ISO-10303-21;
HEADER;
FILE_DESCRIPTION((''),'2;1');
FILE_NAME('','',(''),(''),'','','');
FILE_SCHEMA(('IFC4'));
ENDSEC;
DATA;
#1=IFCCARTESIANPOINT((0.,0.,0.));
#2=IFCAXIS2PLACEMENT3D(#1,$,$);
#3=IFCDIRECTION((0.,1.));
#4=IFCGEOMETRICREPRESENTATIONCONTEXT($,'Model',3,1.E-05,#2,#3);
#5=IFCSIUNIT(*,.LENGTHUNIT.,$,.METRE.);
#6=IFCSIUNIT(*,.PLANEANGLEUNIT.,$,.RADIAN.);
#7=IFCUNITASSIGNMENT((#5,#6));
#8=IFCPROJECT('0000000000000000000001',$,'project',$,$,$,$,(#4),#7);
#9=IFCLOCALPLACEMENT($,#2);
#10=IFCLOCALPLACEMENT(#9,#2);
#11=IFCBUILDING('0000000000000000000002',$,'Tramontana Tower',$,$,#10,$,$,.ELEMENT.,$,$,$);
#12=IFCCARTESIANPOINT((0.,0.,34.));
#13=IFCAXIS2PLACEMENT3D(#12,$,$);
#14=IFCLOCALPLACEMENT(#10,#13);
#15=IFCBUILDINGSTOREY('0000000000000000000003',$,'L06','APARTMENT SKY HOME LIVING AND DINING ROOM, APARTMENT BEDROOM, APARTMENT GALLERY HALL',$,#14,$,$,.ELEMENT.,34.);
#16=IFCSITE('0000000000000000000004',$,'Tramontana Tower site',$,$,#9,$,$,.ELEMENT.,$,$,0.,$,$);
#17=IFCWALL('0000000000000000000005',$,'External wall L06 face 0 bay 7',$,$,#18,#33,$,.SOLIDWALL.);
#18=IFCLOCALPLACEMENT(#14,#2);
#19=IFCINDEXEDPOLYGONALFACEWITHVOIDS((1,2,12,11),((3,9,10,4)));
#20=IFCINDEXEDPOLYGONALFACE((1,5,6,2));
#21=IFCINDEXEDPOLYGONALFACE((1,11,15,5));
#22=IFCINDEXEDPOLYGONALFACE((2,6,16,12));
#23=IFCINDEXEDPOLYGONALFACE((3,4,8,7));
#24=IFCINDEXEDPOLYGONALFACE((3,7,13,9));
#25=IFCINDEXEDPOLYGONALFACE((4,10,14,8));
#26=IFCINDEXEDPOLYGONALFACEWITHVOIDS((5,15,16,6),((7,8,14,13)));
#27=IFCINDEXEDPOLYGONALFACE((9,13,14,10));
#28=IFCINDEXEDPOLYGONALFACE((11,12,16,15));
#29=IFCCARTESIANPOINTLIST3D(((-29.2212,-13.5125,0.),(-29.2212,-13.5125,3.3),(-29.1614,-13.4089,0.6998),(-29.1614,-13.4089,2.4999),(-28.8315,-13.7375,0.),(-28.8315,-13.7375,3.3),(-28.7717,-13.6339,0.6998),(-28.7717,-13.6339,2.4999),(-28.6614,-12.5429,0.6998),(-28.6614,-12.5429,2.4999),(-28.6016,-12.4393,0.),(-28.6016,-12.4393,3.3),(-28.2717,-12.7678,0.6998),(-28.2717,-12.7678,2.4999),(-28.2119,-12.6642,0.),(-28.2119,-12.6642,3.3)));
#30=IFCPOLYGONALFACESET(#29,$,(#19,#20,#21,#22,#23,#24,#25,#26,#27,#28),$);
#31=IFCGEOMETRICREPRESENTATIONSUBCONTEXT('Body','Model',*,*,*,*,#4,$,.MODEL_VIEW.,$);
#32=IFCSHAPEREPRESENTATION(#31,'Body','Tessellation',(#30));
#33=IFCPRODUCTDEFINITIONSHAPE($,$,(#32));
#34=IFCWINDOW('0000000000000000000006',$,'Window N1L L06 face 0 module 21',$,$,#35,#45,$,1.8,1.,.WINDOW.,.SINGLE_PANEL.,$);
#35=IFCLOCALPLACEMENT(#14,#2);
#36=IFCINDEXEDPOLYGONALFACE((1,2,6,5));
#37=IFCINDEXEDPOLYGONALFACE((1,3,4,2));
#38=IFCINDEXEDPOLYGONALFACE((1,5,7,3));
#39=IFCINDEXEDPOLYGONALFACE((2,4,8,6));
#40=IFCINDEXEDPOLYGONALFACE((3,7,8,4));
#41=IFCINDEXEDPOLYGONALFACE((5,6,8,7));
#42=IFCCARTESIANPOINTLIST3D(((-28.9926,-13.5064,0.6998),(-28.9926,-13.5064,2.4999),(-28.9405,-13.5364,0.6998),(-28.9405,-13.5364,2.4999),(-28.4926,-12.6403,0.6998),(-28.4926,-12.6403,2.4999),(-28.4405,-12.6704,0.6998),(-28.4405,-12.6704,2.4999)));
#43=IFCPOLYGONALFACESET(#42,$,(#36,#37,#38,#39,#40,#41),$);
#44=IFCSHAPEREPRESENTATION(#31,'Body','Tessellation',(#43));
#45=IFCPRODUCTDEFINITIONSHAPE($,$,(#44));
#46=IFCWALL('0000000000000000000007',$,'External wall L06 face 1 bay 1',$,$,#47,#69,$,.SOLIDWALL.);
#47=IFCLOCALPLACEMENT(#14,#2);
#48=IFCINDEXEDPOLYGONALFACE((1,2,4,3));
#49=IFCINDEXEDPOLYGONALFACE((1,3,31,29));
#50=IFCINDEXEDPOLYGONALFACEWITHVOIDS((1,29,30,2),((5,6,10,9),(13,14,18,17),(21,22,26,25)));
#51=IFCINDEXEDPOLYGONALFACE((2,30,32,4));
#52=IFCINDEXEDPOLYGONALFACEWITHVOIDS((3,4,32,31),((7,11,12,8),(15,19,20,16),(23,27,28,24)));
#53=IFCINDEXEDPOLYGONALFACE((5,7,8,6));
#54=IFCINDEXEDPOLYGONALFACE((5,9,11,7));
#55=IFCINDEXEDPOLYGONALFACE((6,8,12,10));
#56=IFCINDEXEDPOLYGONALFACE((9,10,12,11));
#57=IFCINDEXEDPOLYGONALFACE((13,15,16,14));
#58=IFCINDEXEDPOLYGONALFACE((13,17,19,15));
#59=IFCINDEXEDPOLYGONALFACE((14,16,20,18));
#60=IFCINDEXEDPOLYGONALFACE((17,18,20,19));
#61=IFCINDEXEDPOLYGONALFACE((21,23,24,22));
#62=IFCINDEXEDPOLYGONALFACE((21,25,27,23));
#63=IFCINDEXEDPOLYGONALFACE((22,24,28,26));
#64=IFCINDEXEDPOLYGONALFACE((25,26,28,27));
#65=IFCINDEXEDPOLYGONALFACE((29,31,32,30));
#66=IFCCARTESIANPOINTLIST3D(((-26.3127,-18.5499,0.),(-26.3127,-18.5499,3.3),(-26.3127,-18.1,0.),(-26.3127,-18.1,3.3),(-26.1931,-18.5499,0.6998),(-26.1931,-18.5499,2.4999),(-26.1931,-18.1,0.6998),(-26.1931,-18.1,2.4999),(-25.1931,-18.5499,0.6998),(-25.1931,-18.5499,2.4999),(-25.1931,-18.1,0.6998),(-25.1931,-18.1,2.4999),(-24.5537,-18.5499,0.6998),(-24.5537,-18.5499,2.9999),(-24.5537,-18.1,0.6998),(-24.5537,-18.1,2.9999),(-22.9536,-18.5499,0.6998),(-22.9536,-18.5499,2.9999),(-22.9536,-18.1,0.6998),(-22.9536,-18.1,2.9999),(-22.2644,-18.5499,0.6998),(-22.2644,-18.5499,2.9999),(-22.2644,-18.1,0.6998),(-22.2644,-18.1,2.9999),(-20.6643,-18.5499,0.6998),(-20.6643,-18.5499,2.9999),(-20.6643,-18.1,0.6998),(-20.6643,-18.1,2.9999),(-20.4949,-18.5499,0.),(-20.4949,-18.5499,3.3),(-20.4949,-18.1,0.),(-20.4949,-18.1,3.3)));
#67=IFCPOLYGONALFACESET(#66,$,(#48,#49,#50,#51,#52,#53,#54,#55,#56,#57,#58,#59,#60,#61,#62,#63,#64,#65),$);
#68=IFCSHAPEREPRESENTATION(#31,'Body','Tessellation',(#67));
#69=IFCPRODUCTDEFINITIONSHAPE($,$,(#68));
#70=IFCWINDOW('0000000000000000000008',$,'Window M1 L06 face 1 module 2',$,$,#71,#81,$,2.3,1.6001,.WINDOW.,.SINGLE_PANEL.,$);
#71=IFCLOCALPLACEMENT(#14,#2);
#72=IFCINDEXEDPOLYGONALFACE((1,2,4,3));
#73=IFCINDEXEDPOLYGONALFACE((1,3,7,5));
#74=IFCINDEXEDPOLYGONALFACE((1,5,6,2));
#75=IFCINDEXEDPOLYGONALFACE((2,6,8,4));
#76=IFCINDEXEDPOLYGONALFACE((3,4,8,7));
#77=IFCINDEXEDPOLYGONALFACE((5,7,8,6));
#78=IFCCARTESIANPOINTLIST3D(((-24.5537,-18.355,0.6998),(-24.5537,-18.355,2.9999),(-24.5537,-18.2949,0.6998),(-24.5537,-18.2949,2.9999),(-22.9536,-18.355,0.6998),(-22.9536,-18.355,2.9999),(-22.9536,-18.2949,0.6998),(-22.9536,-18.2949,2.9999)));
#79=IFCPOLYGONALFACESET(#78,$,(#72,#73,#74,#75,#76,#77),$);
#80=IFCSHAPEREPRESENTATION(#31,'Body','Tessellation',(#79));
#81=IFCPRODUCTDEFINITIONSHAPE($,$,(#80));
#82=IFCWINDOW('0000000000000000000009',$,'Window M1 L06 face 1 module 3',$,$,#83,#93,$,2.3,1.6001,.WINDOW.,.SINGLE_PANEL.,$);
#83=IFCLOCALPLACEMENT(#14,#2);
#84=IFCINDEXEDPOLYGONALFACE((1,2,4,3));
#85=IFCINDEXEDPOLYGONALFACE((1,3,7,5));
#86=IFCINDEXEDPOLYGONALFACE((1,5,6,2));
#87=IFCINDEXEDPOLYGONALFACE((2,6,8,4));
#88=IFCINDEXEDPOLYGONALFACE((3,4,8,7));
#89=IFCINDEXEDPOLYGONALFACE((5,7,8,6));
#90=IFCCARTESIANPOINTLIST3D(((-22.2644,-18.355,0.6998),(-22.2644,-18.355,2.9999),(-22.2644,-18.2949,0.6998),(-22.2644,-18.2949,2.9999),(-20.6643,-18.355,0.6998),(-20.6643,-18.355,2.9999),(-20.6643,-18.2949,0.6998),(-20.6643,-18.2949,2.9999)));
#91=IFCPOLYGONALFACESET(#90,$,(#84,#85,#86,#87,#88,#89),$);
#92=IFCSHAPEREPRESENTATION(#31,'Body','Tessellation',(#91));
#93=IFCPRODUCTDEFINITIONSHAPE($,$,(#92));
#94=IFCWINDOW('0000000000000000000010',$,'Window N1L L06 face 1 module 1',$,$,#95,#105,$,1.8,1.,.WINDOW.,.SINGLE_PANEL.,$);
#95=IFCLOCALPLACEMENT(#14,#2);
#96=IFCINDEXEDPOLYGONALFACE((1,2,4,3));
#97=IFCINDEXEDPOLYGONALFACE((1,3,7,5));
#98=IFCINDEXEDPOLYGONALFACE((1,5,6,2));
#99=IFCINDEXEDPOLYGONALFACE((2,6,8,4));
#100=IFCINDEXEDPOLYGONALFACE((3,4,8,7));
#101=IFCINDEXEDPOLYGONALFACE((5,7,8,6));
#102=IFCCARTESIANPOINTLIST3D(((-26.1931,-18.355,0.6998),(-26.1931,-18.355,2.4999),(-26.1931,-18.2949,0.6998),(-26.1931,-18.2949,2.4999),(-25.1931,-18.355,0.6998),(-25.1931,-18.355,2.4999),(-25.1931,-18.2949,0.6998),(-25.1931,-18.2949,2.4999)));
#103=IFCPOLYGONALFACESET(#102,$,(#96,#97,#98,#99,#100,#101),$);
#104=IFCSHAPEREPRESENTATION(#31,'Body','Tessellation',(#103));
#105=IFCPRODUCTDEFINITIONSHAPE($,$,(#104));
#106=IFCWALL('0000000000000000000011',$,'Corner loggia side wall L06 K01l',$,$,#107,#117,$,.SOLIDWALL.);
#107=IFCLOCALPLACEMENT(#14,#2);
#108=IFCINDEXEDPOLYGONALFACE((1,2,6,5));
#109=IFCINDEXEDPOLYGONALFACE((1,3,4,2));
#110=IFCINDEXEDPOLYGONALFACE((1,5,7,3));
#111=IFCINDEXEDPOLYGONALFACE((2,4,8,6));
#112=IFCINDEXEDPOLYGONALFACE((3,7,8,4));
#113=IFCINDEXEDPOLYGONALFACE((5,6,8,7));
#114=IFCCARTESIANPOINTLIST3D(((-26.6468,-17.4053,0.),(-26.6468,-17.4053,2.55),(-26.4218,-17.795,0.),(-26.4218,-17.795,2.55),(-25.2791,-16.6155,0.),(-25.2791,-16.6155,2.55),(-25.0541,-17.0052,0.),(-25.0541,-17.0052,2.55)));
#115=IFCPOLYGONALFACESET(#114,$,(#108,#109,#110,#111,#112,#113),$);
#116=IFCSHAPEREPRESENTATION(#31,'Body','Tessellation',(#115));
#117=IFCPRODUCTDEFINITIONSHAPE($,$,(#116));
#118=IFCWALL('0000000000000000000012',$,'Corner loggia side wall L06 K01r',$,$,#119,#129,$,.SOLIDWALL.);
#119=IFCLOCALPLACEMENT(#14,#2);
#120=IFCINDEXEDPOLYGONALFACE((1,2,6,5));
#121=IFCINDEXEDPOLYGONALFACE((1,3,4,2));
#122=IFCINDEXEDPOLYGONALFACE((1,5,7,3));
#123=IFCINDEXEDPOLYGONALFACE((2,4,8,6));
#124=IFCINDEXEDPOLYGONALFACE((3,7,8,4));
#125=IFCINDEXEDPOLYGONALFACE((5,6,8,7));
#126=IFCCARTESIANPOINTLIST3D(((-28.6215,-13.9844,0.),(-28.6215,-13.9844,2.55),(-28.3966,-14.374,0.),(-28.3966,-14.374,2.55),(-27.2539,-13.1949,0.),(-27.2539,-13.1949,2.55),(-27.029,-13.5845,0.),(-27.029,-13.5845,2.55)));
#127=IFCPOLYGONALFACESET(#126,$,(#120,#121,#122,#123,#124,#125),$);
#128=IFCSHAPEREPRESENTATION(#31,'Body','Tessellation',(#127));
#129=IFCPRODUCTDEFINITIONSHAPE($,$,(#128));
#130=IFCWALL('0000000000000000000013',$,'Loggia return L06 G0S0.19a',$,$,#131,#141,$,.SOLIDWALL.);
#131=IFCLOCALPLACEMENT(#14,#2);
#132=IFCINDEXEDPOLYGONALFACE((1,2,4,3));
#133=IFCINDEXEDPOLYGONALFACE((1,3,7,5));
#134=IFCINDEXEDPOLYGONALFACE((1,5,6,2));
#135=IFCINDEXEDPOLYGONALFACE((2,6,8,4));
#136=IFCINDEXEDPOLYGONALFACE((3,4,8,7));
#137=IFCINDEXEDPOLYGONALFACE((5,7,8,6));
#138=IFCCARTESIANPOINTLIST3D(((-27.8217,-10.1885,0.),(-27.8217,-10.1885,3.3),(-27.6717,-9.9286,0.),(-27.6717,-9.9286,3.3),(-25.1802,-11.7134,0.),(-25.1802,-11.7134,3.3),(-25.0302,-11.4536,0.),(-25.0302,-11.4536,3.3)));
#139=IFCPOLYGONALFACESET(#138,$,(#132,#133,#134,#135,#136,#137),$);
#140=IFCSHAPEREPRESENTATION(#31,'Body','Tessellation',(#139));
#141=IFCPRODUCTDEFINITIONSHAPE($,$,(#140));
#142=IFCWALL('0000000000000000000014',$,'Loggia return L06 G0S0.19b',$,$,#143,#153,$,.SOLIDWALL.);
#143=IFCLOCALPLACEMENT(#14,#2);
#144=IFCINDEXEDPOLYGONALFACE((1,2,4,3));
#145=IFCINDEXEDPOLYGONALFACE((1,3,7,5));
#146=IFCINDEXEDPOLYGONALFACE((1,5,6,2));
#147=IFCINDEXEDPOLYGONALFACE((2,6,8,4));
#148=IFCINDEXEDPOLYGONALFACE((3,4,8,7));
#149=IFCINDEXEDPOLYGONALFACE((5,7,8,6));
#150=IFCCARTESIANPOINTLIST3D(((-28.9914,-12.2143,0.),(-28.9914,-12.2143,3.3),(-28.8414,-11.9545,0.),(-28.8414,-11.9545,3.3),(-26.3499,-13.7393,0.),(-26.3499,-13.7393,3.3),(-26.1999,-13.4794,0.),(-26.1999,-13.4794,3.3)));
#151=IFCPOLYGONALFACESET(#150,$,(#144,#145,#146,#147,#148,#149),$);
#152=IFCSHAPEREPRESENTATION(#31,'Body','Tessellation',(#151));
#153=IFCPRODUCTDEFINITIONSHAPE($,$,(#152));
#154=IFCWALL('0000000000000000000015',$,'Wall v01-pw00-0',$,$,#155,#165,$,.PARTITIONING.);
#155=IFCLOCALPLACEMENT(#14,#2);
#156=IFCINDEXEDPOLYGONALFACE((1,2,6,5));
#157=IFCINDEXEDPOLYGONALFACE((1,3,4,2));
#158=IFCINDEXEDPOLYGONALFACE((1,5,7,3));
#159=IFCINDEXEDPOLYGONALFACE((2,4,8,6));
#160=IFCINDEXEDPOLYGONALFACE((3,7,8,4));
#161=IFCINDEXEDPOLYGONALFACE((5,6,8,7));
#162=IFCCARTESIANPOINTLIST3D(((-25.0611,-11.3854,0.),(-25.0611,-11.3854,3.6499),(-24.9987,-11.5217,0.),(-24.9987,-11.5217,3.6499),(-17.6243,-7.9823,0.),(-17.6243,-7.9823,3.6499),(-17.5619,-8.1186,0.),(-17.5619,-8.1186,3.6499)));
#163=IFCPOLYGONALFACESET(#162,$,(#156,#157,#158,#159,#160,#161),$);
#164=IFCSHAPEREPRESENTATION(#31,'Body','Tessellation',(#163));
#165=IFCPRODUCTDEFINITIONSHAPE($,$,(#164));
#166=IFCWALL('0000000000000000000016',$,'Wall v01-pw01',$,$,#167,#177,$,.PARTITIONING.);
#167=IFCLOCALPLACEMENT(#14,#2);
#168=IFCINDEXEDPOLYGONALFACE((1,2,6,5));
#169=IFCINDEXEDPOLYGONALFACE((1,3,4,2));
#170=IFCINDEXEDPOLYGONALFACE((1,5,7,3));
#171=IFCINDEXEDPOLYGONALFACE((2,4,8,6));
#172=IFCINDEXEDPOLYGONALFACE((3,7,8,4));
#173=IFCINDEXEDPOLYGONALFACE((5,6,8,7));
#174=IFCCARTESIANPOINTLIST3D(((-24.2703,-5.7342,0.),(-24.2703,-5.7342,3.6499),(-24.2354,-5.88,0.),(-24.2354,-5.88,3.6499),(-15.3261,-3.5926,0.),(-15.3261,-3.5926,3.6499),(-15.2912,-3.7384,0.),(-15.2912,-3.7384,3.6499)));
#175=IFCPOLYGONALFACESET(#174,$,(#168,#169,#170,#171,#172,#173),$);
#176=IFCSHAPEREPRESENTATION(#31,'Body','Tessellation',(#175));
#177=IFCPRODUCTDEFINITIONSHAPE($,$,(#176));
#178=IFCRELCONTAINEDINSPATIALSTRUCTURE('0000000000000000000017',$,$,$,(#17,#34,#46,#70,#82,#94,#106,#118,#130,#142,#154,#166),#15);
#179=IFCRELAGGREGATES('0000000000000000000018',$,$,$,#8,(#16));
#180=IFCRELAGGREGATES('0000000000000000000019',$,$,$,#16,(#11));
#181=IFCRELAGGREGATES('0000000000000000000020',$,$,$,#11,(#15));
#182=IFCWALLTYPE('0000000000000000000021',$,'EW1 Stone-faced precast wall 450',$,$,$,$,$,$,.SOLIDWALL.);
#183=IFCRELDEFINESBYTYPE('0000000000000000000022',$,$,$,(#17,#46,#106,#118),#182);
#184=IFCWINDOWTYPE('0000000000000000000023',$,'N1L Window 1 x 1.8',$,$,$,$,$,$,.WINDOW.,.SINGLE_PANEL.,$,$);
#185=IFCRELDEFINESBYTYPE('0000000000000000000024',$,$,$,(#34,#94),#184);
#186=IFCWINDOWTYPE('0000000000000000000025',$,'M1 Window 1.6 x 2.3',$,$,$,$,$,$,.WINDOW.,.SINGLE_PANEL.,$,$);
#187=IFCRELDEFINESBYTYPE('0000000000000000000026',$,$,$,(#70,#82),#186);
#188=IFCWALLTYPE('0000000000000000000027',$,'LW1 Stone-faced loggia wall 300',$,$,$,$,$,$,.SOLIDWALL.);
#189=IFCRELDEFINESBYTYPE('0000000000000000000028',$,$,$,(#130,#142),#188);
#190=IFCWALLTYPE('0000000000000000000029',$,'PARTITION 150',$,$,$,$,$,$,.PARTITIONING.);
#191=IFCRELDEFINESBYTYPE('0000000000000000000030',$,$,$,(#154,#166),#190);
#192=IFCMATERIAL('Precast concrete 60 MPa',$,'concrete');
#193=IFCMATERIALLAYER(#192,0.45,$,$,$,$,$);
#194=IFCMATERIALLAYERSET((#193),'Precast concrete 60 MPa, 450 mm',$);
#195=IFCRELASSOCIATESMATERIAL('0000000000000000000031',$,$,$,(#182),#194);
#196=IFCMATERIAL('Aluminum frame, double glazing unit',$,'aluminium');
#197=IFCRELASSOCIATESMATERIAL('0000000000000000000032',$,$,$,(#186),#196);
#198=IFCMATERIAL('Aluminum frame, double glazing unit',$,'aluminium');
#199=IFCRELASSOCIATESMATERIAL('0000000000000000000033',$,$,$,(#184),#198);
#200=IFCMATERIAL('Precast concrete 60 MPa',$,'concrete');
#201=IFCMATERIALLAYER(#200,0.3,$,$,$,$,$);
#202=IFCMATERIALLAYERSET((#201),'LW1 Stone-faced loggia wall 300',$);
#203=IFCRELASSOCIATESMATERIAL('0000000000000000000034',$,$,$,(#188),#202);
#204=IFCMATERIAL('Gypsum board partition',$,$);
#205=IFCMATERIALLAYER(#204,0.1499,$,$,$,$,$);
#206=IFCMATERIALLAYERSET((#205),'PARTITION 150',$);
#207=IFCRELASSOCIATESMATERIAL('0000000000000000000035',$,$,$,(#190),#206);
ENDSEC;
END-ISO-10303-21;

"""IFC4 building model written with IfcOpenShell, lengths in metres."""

from ifc_helpers import new_model, si_unit, direction, frame, frame_2d, origin, place, context, subcontext, project, spatial, rectangle, extrude, material, layer, layer_set, type_object, element, fill, save


model = new_model("IFC4")

# Units and contexts
model_context = context("Model", 3, precision=1e-05, world=origin(), true_north=direction((0.0, 1.0)))
body_context = subcontext(model_context, "Body", "Model", "MODEL_VIEW")
ifc_project = project(units=[si_unit("LENGTHUNIT", "METRE"), si_unit("PLANEANGLEUNIT", "RADIAN")], contexts=[model_context])

# Site, building, storey
site_placement = place(None, origin())
site = spatial("IfcSite", under=ifc_project, at=site_placement, Name="Tramontana Tower site", CompositionType="ELEMENT", RefElevation=0.0)
building_placement = place(site_placement, origin())
building = spatial("IfcBuilding", under=site, at=building_placement, Name="Tramontana Tower", CompositionType="ELEMENT")
storey_placement = place(building_placement, frame((0.0, 0.0, 34.0)))
storey = spatial("IfcBuildingStorey", under=building, at=storey_placement, Name="L06", Description="APARTMENT SKY HOME LIVING AND DINING ROOM, APARTMENT BEDROOM, APARTMENT GALLERY HALL", CompositionType="ELEMENT", Elevation=34.0)

# Wall, opening, window
ifc_material_1 = material(Name="Precast concrete 60 MPa", Category="concrete")
ifc_layer_1 = layer(ifc_material_1, 0.45)
ifc_layer_set_1 = layer_set([ifc_layer_1], Name="Precast concrete 60 MPa, 450 mm")
wall_type_1 = type_object("IfcWallType", Name="EW1 Stone-faced precast wall 450", PredefinedType="SOLIDWALL", material=ifc_layer_set_1)
ifc_material_2 = material(Name="Aluminum frame, double glazing unit", Category="aluminium")
window_type_1 = type_object("IfcWindowType", Name="M1 Window 1.6 x 2.3", PartitioningType="SINGLE_PANEL", PredefinedType="WINDOW", material=ifc_material_2)
wall_1_placement = place(storey_placement, frame((-28.4067, -12.5518, 0.0), z_axis=(0.0, 0.0, 1.0), x_axis=(-0.499995, -0.866028, 0.0)))
wall_1 = element("IfcWall", 1, at=wall_1_placement, inside=storey, type_object=wall_type_1, Name="External wall L06 face 0 bay 7", PredefinedType="SOLIDWALL", context=body_context, shape_type="SweptSolid", body=[
    extrude(rectangle(XDim=1.2393, YDim=0.45, at=frame_2d((0.6196, 0.0))), origin(), (0.0, 0.0, 1.0), 3.3),
])
opening_1_placement = place(wall_1_placement, frame((0.1196, 0.0, 0.7)))
opening_1 = element("IfcOpeningElement", 2, at=opening_1_placement, cuts=wall_1, PredefinedType="OPENING", context=body_context, shape_type="SweptSolid", body=[
    extrude(rectangle(XDim=1.0, YDim=1.8, at=frame_2d((0.5, 0.8999))), frame((0.0, 0.2349, 0.0), z_axis=(0.0, -1.0, 0.0), x_axis=(1.0, 0.0, 0.0)), (0.0, 0.0, 1.0), 0.47),
])
ifc_material_3 = material(Name="Aluminum frame, double glazing unit", Category="aluminium")
window_type_2 = type_object("IfcWindowType", Name="N1L Window 1 x 1.8", PartitioningType="SINGLE_PANEL", PredefinedType="WINDOW", material=ifc_material_3)
window_1_placement = place(opening_1_placement, origin())
window_1 = element("IfcWindow", 3, at=window_1_placement, inside=storey, type_object=window_type_2, Name="Window N1L L06 face 0 module 21", OverallHeight=1.8, OverallWidth=1.0, PartitioningType="SINGLE_PANEL", PredefinedType="WINDOW", context=body_context, shape_type="SweptSolid", body=[
    extrude(rectangle(XDim=1.0, YDim=1.8, at=frame_2d((0.5, 0.8999))), frame((0.0, 0.03, 0.0), z_axis=(0.0, -1.0, 0.0), x_axis=(1.0, 0.0, 0.0)), (0.0, 0.0, 1.0), 0.0601),
])
fill(opening_1, window_1)

# Wall, openings, windows
wall_2_placement = place(storey_placement, frame((-26.3127, -18.325, 0.0), z_axis=(0.0, 0.0, 1.0), x_axis=(1.0, 0.0, 0.0)))
wall_2 = element("IfcWall", 4, at=wall_2_placement, inside=storey, type_object=wall_type_1, Name="External wall L06 face 1 bay 1", PredefinedType="SOLIDWALL", context=body_context, shape_type="SweptSolid", body=[
    extrude(rectangle(XDim=5.8179, YDim=0.45, at=frame_2d((2.9089, 0.0))), origin(), (0.0, 0.0, 1.0), 3.3),
])
opening_2_placement = place(wall_2_placement, frame((0.1196, 0.0, 0.7)))
opening_2 = element("IfcOpeningElement", 5, at=opening_2_placement, cuts=wall_2, PredefinedType="OPENING", context=body_context, shape_type="SweptSolid", body=[
    extrude(rectangle(XDim=1.0, YDim=1.8, at=frame_2d((0.5, 0.8999))), frame((0.0, 0.2349, 0.0), z_axis=(0.0, -1.0, 0.0), x_axis=(1.0, 0.0, 0.0)), (0.0, 0.0, 1.0), 0.47),
])
opening_3_placement = place(wall_2_placement, frame((1.759, 0.0, 0.7)))
opening_3 = element("IfcOpeningElement", 6, at=opening_3_placement, cuts=wall_2, PredefinedType="OPENING", context=body_context, shape_type="SweptSolid", body=[
    extrude(rectangle(XDim=1.6001, YDim=2.3, at=frame_2d((0.8, 1.1499))), frame((0.0, 0.2349, 0.0), z_axis=(0.0, -1.0, 0.0), x_axis=(1.0, 0.0, 0.0)), (0.0, 0.0, 1.0), 0.47),
])
opening_4_placement = place(wall_2_placement, frame((4.0483, 0.0, 0.7)))
opening_4 = element("IfcOpeningElement", 7, at=opening_4_placement, cuts=wall_2, PredefinedType="OPENING", context=body_context, shape_type="SweptSolid", body=[
    extrude(rectangle(XDim=1.6001, YDim=2.3, at=frame_2d((0.8, 1.1499))), frame((0.0, 0.2349, 0.0), z_axis=(0.0, -1.0, 0.0), x_axis=(1.0, 0.0, 0.0)), (0.0, 0.0, 1.0), 0.47),
])
window_2_placement = place(opening_3_placement, origin())
window_2 = element("IfcWindow", 8, at=window_2_placement, inside=storey, type_object=window_type_1, Name="Window M1 L06 face 1 module 2", OverallHeight=2.3, OverallWidth=1.6001, PartitioningType="SINGLE_PANEL", PredefinedType="WINDOW", context=body_context, shape_type="SweptSolid", body=[
    extrude(rectangle(XDim=1.6001, YDim=2.3, at=frame_2d((0.8, 1.1499))), frame((0.0, 0.03, 0.0), z_axis=(0.0, -1.0, 0.0), x_axis=(1.0, 0.0, 0.0)), (0.0, 0.0, 1.0), 0.0601),
])
fill(opening_3, window_2)
window_3_placement = place(opening_4_placement, origin())
window_3 = element("IfcWindow", 9, at=window_3_placement, inside=storey, type_object=window_type_1, Name="Window M1 L06 face 1 module 3", OverallHeight=2.3, OverallWidth=1.6001, PartitioningType="SINGLE_PANEL", PredefinedType="WINDOW", context=body_context, shape_type="SweptSolid", body=[
    extrude(rectangle(XDim=1.6001, YDim=2.3, at=frame_2d((0.8, 1.1499))), frame((0.0, 0.03, 0.0), z_axis=(0.0, -1.0, 0.0), x_axis=(1.0, 0.0, 0.0)), (0.0, 0.0, 1.0), 0.0601),
])
fill(opening_4, window_3)
window_4_placement = place(opening_2_placement, origin())
window_4 = element("IfcWindow", 10, at=window_4_placement, inside=storey, type_object=window_type_2, Name="Window N1L L06 face 1 module 1", OverallHeight=1.8, OverallWidth=1.0, PartitioningType="SINGLE_PANEL", PredefinedType="WINDOW", context=body_context, shape_type="SweptSolid", body=[
    extrude(rectangle(XDim=1.0, YDim=1.8, at=frame_2d((0.5, 0.8999))), frame((0.0, 0.03, 0.0), z_axis=(0.0, -1.0, 0.0), x_axis=(1.0, 0.0, 0.0)), (0.0, 0.0, 1.0), 0.0601),
])
fill(opening_2, window_4)

# Walls
wall_3_placement = place(storey_placement, frame((-26.5342, -17.6001, 0.0), z_axis=(0.0, 0.0, 1.0), x_axis=(0.86598, 0.500079, 0.0)))
element("IfcWall", 11, at=wall_3_placement, inside=storey, type_object=wall_type_1, Name="Corner loggia side wall L06 K01l", PredefinedType="SOLIDWALL", context=body_context, shape_type="SweptSolid", body=[
    extrude(rectangle(XDim=1.5793, YDim=0.45, at=frame_2d((0.7896, 0.0))), origin(), (0.0, 0.0, 1.0), 2.55),
])
wall_4_placement = place(storey_placement, frame((-28.509, -14.1792, 0.0), z_axis=(0.0, 0.0, 1.0), x_axis=(0.866047, 0.499963, 0.0)))
element("IfcWall", 12, at=wall_4_placement, inside=storey, type_object=wall_type_1, Name="Corner loggia side wall L06 K01r", PredefinedType="SOLIDWALL", context=body_context, shape_type="SweptSolid", body=[
    extrude(rectangle(XDim=1.5791, YDim=0.45, at=frame_2d((0.7896, 0.0))), origin(), (0.0, 0.0, 1.0), 2.55),
])

# Shared definitions
ifc_material_4 = material(Name="Precast concrete 60 MPa", Category="concrete")
ifc_layer_2 = layer(ifc_material_4, 0.3)
ifc_layer_set_2 = layer_set([ifc_layer_2], Name="LW1 Stone-faced loggia wall 300")
wall_type_2 = type_object("IfcWallType", Name="LW1 Stone-faced loggia wall 300", PredefinedType="SOLIDWALL", material=ifc_layer_set_2)

# Walls
for number, where, z_axis, x_axis, name in (
    (13, (-27.7466, -10.0586, 0.0), (0.0, 0.0, 1.0), (0.866038, -0.499979, 0.0), "Loggia return L06 G0S0.19a"),
    (14, (-28.9163, -12.0845, 0.0), (0.0, 0.0, 1.0), (0.866038, -0.499979, 0.0), "Loggia return L06 G0S0.19b"),
):
    element("IfcWall", number, at=place(storey_placement, frame(where, z_axis=z_axis, x_axis=x_axis)), inside=storey, type_object=wall_type_2, Name=name, PredefinedType="SOLIDWALL", context=body_context, shape_type="SweptSolid", body=[
        extrude(rectangle(XDim=3.05, YDim=0.3, at=frame_2d((1.5249, 0.0))), origin(), (0.0, 0.0, 1.0), 3.3),
    ])
ifc_material_5 = material(Name="Gypsum board partition")
ifc_layer_3 = layer(ifc_material_5, 0.1499)
ifc_layer_set_3 = layer_set([ifc_layer_3], Name="PARTITION 150")
wall_type_3 = type_object("IfcWallType", Name="PARTITION 150", PredefinedType="PARTITIONING", material=ifc_layer_set_3)
wall_5_placement = place(storey_placement, frame((-25.03, -11.4536, 0.0), z_axis=(0.0, 0.0, 1.0), x_axis=(0.909317, 0.416105, 0.0)))
element("IfcWall", 15, at=wall_5_placement, inside=storey, type_object=wall_type_3, Name="Wall v01-pw00-0", PredefinedType="PARTITIONING", context=body_context, shape_type="SweptSolid", body=[
    extrude(rectangle(XDim=8.1785, YDim=0.1499, at=frame_2d((4.0894, 0.0))), origin(), (0.0, 0.0, 1.0), 3.6499),
])
wall_6_placement = place(storey_placement, frame((-24.2529, -5.8071, 0.0), z_axis=(0.0, 0.0, 1.0), x_axis=(0.97251, 0.232861, 0.0)))
element("IfcWall", 16, at=wall_6_placement, inside=storey, type_object=wall_type_3, Name="Wall v01-pw01", PredefinedType="PARTITIONING", context=body_context, shape_type="SweptSolid", body=[
    extrude(rectangle(XDim=9.197, YDim=0.1499, at=frame_2d((4.5986, 0.0))), origin(), (0.0, 0.0, 1.0), 3.6499),
])

save(model, "model.ifc")
